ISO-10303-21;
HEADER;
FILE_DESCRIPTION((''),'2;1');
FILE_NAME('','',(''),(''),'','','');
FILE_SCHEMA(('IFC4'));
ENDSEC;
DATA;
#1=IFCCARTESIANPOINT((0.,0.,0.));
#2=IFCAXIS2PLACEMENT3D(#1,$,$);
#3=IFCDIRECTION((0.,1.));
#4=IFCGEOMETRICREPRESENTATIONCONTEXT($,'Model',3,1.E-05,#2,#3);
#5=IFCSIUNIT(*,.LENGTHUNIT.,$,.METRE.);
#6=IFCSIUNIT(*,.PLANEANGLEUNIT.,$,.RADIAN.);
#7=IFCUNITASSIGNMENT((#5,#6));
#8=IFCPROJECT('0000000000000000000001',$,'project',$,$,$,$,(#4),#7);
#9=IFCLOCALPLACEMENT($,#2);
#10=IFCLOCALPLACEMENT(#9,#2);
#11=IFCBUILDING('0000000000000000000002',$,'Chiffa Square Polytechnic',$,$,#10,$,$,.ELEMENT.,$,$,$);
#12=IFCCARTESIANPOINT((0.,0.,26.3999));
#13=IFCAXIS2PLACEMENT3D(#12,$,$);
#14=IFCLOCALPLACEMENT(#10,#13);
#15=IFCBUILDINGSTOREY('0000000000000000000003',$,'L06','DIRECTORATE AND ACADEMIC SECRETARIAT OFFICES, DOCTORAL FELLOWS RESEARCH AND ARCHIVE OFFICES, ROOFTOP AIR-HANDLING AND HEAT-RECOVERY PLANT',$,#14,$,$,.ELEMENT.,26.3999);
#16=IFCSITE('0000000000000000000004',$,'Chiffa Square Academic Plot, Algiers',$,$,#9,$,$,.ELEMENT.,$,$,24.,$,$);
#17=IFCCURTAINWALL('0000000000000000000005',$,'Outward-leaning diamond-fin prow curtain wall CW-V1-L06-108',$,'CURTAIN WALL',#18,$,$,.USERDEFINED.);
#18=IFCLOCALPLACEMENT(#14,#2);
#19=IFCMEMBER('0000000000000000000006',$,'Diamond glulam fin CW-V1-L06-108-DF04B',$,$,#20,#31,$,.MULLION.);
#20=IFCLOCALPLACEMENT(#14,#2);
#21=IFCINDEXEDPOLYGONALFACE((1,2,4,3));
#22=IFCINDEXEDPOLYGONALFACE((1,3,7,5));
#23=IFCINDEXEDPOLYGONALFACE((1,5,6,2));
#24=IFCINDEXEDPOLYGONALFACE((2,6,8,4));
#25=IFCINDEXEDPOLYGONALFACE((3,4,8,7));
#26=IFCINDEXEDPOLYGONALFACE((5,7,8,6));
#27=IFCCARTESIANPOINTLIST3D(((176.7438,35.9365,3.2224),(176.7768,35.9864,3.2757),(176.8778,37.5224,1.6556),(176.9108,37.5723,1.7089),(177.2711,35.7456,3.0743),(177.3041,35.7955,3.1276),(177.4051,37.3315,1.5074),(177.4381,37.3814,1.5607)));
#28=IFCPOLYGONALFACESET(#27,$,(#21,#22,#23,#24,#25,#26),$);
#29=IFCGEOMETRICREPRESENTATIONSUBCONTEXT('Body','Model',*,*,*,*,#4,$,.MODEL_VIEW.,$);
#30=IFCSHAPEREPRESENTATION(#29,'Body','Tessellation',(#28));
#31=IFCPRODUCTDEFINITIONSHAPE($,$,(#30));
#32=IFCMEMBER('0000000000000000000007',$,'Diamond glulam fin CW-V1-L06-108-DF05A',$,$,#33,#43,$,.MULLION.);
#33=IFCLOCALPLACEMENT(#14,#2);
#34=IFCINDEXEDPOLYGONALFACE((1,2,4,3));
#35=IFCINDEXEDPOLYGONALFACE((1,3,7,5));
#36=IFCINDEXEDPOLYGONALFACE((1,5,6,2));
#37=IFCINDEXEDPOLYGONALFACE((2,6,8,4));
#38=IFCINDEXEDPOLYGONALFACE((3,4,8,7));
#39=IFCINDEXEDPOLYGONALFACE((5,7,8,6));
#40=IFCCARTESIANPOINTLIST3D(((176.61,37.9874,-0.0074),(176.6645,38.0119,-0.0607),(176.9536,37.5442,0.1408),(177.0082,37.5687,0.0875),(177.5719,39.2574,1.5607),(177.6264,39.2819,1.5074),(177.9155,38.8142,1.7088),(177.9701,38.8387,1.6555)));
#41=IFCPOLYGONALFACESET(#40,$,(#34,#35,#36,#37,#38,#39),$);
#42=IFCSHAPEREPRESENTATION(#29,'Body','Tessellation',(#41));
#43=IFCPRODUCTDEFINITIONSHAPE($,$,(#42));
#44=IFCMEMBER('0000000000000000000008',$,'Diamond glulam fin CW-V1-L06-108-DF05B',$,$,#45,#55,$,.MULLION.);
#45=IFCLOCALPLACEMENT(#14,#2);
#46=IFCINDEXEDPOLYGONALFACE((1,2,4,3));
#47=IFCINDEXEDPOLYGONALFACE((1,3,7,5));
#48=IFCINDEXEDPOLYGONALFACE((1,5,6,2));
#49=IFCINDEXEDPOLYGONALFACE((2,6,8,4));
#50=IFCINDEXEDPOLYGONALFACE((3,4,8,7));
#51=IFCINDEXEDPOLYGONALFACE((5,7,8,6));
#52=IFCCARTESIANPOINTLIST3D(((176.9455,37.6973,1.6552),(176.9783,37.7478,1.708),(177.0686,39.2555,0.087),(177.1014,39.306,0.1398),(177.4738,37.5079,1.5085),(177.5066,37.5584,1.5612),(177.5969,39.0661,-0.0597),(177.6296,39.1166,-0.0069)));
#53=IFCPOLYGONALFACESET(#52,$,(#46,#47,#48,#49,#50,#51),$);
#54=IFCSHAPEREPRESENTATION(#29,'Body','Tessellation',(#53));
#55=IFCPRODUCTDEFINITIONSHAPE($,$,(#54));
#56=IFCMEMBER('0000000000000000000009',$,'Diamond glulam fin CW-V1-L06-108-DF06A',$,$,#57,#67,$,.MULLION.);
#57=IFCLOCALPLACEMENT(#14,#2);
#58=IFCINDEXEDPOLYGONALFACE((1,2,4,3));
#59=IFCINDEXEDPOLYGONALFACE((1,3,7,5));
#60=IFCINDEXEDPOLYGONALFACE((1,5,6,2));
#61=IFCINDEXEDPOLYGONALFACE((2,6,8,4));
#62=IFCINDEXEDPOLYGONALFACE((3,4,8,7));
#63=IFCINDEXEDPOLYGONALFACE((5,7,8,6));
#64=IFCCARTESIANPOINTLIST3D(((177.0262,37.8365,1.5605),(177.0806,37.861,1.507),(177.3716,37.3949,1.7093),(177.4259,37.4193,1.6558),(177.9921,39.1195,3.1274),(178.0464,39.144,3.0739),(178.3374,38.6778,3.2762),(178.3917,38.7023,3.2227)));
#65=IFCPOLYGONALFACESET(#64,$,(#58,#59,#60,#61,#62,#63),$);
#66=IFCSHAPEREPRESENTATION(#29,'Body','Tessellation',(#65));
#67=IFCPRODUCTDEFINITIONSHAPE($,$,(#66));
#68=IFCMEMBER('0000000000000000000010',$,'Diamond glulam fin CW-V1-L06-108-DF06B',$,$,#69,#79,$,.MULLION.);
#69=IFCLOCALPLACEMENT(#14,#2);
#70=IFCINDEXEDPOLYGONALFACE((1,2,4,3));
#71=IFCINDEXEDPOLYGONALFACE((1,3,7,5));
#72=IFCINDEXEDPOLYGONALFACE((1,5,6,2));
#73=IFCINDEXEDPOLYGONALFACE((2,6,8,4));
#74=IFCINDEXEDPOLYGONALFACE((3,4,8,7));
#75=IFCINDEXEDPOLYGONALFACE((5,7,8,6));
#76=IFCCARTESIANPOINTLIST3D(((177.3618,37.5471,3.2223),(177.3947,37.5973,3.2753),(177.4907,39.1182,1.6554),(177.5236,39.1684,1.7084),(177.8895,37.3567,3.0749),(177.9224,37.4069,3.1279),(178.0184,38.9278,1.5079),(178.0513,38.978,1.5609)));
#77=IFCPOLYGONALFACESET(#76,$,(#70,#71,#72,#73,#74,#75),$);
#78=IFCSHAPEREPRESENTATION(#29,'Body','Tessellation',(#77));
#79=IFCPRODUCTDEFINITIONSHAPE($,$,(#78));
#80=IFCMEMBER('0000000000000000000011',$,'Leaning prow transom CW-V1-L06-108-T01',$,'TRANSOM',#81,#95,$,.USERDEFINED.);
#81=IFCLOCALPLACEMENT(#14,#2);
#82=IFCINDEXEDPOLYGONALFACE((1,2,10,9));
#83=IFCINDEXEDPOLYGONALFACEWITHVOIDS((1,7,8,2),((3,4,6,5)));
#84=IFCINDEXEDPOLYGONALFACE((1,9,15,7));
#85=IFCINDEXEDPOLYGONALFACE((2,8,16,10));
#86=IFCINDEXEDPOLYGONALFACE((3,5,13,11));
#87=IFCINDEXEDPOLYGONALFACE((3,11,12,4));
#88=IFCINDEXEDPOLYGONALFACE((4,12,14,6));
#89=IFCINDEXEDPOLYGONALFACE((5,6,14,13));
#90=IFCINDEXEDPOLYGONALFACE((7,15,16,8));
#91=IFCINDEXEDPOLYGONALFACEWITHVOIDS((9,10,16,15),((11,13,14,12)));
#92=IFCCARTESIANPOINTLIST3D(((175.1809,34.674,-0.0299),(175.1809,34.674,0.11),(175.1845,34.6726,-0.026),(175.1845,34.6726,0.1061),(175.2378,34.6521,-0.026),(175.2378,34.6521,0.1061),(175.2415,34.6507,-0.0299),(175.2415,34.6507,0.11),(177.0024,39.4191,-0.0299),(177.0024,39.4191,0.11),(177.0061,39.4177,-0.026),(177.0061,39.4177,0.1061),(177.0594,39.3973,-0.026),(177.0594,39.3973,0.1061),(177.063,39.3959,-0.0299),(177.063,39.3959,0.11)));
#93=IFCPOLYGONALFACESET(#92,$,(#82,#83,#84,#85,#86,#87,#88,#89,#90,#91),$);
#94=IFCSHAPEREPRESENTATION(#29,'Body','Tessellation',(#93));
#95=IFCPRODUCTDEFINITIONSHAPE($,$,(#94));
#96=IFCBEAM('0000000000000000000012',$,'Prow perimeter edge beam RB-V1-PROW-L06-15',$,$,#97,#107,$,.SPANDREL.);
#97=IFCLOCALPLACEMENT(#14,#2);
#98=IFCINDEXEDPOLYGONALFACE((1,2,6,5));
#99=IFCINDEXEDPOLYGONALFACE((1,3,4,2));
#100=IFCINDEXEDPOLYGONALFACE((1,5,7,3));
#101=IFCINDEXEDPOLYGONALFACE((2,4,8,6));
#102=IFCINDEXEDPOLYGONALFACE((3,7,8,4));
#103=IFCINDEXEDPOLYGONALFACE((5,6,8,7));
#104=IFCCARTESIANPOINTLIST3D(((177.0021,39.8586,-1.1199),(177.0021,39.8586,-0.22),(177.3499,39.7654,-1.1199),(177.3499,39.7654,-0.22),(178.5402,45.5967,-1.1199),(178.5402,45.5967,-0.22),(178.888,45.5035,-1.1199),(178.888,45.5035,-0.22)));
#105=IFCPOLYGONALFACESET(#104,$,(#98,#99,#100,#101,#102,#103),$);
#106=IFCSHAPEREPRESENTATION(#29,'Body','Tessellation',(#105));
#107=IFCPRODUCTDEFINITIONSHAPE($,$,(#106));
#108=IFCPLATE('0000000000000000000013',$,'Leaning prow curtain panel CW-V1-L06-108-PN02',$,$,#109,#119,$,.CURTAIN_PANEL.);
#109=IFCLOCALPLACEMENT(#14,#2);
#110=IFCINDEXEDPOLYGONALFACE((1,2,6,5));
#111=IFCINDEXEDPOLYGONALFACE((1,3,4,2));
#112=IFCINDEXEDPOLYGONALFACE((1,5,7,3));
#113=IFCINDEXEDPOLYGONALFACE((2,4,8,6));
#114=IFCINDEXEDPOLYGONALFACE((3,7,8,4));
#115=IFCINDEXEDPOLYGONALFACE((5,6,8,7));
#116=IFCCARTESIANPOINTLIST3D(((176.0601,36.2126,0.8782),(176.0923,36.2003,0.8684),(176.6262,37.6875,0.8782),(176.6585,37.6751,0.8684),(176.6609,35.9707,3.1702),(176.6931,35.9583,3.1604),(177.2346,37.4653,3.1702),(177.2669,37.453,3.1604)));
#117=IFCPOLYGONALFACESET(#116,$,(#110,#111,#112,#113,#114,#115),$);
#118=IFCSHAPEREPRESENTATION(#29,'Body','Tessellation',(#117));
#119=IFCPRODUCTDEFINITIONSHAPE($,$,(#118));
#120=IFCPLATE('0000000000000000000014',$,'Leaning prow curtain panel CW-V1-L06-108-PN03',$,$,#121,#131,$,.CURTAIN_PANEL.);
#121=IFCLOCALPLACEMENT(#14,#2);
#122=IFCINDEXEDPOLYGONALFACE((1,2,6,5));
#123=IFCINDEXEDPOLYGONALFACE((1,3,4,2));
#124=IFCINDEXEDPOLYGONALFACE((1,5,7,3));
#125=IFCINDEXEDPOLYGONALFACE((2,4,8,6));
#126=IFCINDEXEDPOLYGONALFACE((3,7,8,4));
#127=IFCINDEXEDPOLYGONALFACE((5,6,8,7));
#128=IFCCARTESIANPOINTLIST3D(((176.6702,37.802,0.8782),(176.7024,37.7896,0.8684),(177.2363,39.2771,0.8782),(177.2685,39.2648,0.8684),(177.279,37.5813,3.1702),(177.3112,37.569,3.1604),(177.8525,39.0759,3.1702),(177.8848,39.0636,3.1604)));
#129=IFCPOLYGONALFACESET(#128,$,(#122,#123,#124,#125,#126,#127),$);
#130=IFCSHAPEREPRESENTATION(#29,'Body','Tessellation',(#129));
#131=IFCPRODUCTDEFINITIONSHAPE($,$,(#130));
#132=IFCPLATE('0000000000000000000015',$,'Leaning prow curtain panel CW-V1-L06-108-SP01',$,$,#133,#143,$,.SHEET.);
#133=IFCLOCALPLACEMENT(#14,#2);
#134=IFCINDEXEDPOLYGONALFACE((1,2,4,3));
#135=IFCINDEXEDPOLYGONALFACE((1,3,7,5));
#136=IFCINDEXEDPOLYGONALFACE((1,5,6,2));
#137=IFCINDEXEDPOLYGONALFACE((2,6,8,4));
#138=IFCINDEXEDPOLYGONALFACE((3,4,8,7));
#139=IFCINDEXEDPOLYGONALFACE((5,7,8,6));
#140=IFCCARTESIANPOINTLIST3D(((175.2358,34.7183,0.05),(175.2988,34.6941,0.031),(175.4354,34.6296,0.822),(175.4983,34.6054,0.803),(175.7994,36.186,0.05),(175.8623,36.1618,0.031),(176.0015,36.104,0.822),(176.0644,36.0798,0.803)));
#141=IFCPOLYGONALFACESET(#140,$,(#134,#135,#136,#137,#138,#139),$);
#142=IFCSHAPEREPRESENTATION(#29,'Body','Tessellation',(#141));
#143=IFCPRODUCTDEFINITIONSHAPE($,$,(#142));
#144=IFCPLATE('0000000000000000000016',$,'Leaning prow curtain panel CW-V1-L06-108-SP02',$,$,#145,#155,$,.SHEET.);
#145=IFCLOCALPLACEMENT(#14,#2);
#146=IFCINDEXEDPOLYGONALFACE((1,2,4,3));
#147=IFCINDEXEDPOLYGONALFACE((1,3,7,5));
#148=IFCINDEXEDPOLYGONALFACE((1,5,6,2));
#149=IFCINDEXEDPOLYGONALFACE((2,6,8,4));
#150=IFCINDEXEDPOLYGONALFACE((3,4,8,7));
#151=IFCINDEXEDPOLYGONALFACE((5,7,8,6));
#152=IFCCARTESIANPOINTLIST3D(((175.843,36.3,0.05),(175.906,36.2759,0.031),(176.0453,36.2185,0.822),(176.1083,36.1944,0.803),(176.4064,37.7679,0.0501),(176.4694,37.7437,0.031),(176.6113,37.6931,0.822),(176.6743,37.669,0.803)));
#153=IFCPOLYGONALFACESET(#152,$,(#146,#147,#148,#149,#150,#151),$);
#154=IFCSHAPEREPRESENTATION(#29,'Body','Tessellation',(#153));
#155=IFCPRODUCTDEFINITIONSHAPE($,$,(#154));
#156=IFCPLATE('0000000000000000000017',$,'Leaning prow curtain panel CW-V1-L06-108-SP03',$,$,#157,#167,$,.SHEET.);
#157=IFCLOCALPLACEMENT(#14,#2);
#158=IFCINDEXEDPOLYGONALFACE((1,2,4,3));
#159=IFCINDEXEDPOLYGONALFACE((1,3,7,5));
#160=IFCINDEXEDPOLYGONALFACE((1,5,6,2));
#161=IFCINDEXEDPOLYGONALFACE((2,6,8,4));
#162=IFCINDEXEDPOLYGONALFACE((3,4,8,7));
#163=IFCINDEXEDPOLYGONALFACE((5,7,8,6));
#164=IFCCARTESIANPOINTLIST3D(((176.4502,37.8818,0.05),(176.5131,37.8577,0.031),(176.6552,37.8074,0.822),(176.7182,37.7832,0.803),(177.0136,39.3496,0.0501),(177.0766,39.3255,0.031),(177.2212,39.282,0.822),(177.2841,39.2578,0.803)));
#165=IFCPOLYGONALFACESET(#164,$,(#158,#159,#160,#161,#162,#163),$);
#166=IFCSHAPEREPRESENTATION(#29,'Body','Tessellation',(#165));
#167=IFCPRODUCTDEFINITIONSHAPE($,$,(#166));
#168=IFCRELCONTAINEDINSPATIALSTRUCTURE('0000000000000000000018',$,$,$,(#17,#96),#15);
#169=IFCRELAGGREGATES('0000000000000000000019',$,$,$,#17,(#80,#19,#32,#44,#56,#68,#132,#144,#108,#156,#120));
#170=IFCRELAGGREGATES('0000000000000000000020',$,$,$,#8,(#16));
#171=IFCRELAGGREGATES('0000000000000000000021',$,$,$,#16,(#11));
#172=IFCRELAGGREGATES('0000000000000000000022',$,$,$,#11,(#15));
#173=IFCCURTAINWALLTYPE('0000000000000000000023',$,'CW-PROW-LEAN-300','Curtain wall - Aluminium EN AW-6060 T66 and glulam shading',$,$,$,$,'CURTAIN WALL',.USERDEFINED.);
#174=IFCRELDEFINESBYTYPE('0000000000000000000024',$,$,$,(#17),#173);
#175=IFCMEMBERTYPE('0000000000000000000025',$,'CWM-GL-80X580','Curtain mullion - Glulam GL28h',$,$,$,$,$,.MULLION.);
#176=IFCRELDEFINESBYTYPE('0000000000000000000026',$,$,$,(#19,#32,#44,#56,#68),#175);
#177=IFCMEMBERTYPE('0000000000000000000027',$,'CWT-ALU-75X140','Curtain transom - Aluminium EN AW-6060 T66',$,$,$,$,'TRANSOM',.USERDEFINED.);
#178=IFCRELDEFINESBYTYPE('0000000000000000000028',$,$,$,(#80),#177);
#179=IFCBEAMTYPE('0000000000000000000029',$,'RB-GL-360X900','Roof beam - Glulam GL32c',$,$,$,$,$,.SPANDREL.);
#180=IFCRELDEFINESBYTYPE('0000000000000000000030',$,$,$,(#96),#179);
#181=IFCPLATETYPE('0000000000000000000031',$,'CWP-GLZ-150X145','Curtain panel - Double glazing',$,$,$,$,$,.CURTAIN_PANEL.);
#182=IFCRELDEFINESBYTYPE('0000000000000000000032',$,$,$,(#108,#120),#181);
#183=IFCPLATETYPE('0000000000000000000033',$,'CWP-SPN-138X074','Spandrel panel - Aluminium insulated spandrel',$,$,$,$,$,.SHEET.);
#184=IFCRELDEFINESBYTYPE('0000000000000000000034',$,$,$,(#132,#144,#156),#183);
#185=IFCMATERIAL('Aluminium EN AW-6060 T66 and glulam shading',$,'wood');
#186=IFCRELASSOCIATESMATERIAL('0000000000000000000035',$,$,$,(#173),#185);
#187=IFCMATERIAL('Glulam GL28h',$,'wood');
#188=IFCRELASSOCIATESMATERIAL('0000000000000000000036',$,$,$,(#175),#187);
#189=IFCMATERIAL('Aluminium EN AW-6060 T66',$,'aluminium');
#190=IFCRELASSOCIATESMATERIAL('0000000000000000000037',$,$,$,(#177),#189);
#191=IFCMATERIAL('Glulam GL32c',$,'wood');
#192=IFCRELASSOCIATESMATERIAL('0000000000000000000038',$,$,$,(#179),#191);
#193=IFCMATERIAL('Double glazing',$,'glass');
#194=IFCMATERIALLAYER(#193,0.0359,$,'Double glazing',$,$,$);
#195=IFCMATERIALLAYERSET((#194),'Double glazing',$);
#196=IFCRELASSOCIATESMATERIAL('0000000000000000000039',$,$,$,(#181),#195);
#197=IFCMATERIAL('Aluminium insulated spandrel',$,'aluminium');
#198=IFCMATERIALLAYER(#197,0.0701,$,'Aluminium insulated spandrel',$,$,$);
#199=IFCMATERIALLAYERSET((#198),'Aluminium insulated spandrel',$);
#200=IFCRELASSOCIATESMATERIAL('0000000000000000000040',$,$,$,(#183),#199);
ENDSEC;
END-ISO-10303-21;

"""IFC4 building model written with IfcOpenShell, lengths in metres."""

from ifc_helpers import new_model, si_unit, direction, frame, origin, origin_2d, place, context, subcontext, project, spatial, polyline, rectangle, hollow_rectangle, outline, extrude, material, layer, layer_set, material_profile, profile_set, type_object, element, aggregate, save


model = new_model("IFC4")

# Units and contexts
model_context = context("Model", 3, precision=1e-05, world=origin(), true_north=direction((0.0, 1.0)))
body_context = subcontext(model_context, "Body", "Model", "MODEL_VIEW")
ifc_project = project(units=[si_unit("LENGTHUNIT", "METRE"), si_unit("PLANEANGLEUNIT", "RADIAN")], contexts=[model_context])

# Site, building, storey
site_placement = place(None, origin())
site = spatial("IfcSite", under=ifc_project, at=site_placement, Name="Chiffa Square Academic Plot, Algiers", CompositionType="ELEMENT", RefElevation=24.0)
building_placement = place(site_placement, origin())
building = spatial("IfcBuilding", under=site, at=building_placement, Name="Chiffa Square Polytechnic", CompositionType="ELEMENT")
storey_placement = place(building_placement, frame((0.0, 0.0, 26.3999)))
storey = spatial("IfcBuildingStorey", under=building, at=storey_placement, Name="L06", Description="DIRECTORATE AND ACADEMIC SECRETARIAT OFFICES, DOCTORAL FELLOWS RESEARCH AND ARCHIVE OFFICES, ROOFTOP AIR-HANDLING AND HEAT-RECOVERY PLANT", CompositionType="ELEMENT", Elevation=26.3999)

# Curtain wall, members
ifc_material_1 = material(Name="Aluminium EN AW-6060 T66 and glulam shading", Category="wood")
curtain_wall_type = type_object("IfcCurtainWallType", Name="CW-PROW-LEAN-300", Description="Curtain wall - Aluminium EN AW-6060 T66 and glulam shading", ElementType="CURTAIN WALL", PredefinedType="USERDEFINED", material=ifc_material_1)
curtain_wall_placement = place(storey_placement, origin())
curtain_wall = element("IfcCurtainWall", 1, at=curtain_wall_placement, inside=storey, type_object=curtain_wall_type, Name="Outward-leaning diamond-fin prow curtain wall CW-V1-L06-108", ObjectType="CURTAIN WALL", PredefinedType="USERDEFINED")
ifc_material_2 = material(Name="Aluminium EN AW-6060 T66", Category="aluminium")
ifc_material_3 = material(Name="Glulam GL28h", Category="wood")
ifc_material_profile_1 = material_profile(ifc_material_3, rectangle(XDim=0.0801, YDim=0.5801, at=origin_2d()), Name="GL28h 80x580")
ifc_profile_set_1 = profile_set([ifc_material_profile_1], Name="Glulam GL28h")
member_type_1 = type_object("IfcMemberType", Name="CWM-GL-80X580", Description="Curtain mullion - Glulam GL28h", PredefinedType="MULLION", material=ifc_profile_set_1)
member_1_placement = place(storey_placement, frame((177.158, 37.4519, 1.6082), z_axis=(-0.060012, -0.710083, 0.701556), x_axis=(0.412251, 0.622453, 0.665282)))
member_1 = element("IfcMember", 2, at=member_1_placement, type_object=member_type_1, Name="Diamond glulam fin CW-V1-L06-108-DF04B", PredefinedType="MULLION", context=body_context, shape_type="SweptSolid", body=[
    extrude(rectangle(XDim=0.0801, YDim=0.5801, at=origin_2d()), origin(), (0.0, 0.0, 1.0), 2.2334),
])
member_2_placement = place(storey_placement, frame((176.8091, 37.7781, 0.04), z_axis=(0.430301, 0.568128, 0.701478), x_axis=(-0.681076, -0.305677, 0.665355)))
member_2 = element("IfcMember", 3, at=member_2_placement, type_object=member_type_1, Name="Diamond glulam fin CW-V1-L06-108-DF05A", PredefinedType="MULLION", context=body_context, shape_type="SweptSolid", body=[
    extrude(rectangle(XDim=0.0801, YDim=0.5801, at=origin_2d()), origin(), (0.0, 0.0, 1.0), 2.2354),
])
member_3_placement = place(storey_placement, frame((177.3491, 39.186, 0.04), z_axis=(-0.055577, -0.70375, 0.708271), x_axis=(0.409312, 0.630962, 0.659053)))
member_3 = element("IfcMember", 4, at=member_3_placement, type_object=member_type_1, Name="Diamond glulam fin CW-V1-L06-108-DF05B", PredefinedType="MULLION", context=body_context, shape_type="SweptSolid", body=[
    extrude(rectangle(XDim=0.0801, YDim=0.5801, at=origin_2d()), origin(), (0.0, 0.0, 1.0), 2.2141),
])
member_4_placement = place(storey_placement, frame((177.2261, 37.6279, 1.6082), z_axis=(0.430469, 0.571819, 0.69837), x_axis=(-0.678434, -0.30535, 0.668198)))
member_4 = element("IfcMember", 5, at=member_4_placement, type_object=member_type_1, Name="Diamond glulam fin CW-V1-L06-108-DF06A", PredefinedType="MULLION", context=body_context, shape_type="SweptSolid", body=[
    extrude(rectangle(XDim=0.0801, YDim=0.5801, at=origin_2d()), origin(), (0.0, 0.0, 1.0), 2.2437),
])
member_5_placement = place(storey_placement, frame((177.771, 39.0481, 1.6082), z_axis=(-0.057998, -0.70685, 0.704982), x_axis=(0.410989, 0.626647, 0.662119)))
member_5 = element("IfcMember", 6, at=member_5_placement, type_object=member_type_1, Name="Diamond glulam fin CW-V1-L06-108-DF06B", PredefinedType="MULLION", context=body_context, shape_type="SweptSolid", body=[
    extrude(rectangle(XDim=0.0801, YDim=0.5801, at=origin_2d()), origin(), (0.0, 0.0, 1.0), 2.2227),
])
ifc_material_profile_2 = material_profile(ifc_material_2, hollow_rectangle(XDim=0.0649, YDim=0.1399, WallThickness=0.0039, at=origin_2d()), Name="ALU 65x140x4")
ifc_profile_set_2 = profile_set([ifc_material_profile_2], Name="Aluminium EN AW-6060 T66")
member_type_2 = type_object("IfcMemberType", Name="CWT-ALU-75X140", Description="Curtain transom - Aluminium EN AW-6060 T66", ElementType="TRANSOM", PredefinedType="USERDEFINED", material=ifc_profile_set_2)
member_6_placement = place(storey_placement, frame((175.2112, 34.6624, 0.04), z_axis=(0.358377, 0.933577, 0.0), x_axis=(-0.933577, 0.358377, 0.0)))
member_6 = element("IfcMember", 7, at=member_6_placement, type_object=member_type_2, Name="Leaning prow transom CW-V1-L06-108-T01", ObjectType="TRANSOM", PredefinedType="USERDEFINED", context=body_context, shape_type="SweptSolid", body=[
    extrude(hollow_rectangle(XDim=0.0649, YDim=0.1399, WallThickness=0.0039, at=origin_2d()), origin(), (0.0, 0.0, 1.0), 5.0828),
])

# Beam
ifc_material_4 = material(Name="Glulam GL32c", Category="wood")
ifc_material_profile_3 = material_profile(ifc_material_4, rectangle(XDim=0.3601, YDim=0.8999, at=origin_2d()), Name="GL32c 360x900")
ifc_profile_set_3 = profile_set([ifc_material_profile_3], Name="Glulam GL32c")
beam_type_1 = type_object("IfcBeamType", Name="RB-GL-360X900", Description="Roof beam - Glulam GL32c", PredefinedType="SPANDREL", material=ifc_profile_set_3)
beam_1_placement = place(storey_placement, frame((177.176, 39.812, -0.6699), z_axis=(0.258911, 0.965901, 0.0), x_axis=(-0.965901, 0.258911, 0.0)))
element("IfcBeam", 8, at=beam_1_placement, inside=storey, type_object=beam_type_1, Name="Prow perimeter edge beam RB-V1-PROW-L06-15", PredefinedType="SPANDREL", context=body_context, shape_type="SweptSolid", body=[
    extrude(rectangle(XDim=0.3601, YDim=0.8999, at=origin_2d()), origin(), (0.0, 0.0, 1.0), 5.9407),
])

# Plates
ifc_material_5 = material(Name="Double glazing", Category="glass")
ifc_layer_1 = layer(ifc_material_5, 0.0359, Name="Double glazing")
ifc_layer_set_1 = layer_set([ifc_layer_1], Name="Double glazing")
plate_type_1 = type_object("IfcPlateType", Name="CWP-GLZ-150X145", Description="Curtain panel - Double glazing", PredefinedType="CURTAIN_PANEL", material=ifc_layer_set_1)
plate_1_placement = place(storey_placement, frame((176.0601, 36.2126, 0.8782), z_axis=(-0.898404, 0.34487, 0.271911), x_axis=(0.358373, 0.933579, 0.000002)))
plate_1 = element("IfcPlate", 9, at=plate_1_placement, type_object=plate_type_1, Name="Leaning prow curtain panel CW-V1-L06-108-PN02", PredefinedType="CURTAIN_PANEL", context=body_context, shape_type="SweptSolid", body=[
    extrude(outline(polyline([(0.0, 0.0), (1.5798, 0.0), (1.5904, -2.3817), (-0.0105, -2.3817), (0.0, 0.0)])), origin(), (0.0, 0.0, -1.0), 0.0359),
])
plate_2_placement = place(storey_placement, frame((176.6702, 37.802, 0.8782), z_axis=(-0.898454, 0.344787, 0.271849), x_axis=(0.358283, 0.933613, 0.000013)))
plate_2 = element("IfcPlate", 10, at=plate_2_placement, type_object=plate_type_1, Name="Leaning prow curtain panel CW-V1-L06-108-PN03", PredefinedType="CURTAIN_PANEL", context=body_context, shape_type="SweptSolid", body=[
    extrude(outline(polyline([(0.0, 0.0), (1.58, 0.0), (1.613, -2.3817), (0.0121, -2.3817), (0.0, 0.0)])), origin(), (0.0, 0.0, -1.0), 0.0359),
])
ifc_material_6 = material(Name="Aluminium insulated spandrel", Category="aluminium")
ifc_layer_2 = layer(ifc_material_6, 0.0701, Name="Aluminium insulated spandrel")
ifc_layer_set_2 = layer_set([ifc_layer_2], Name="Aluminium insulated spandrel")
plate_type_2 = type_object("IfcPlateType", Name="CWP-SPN-138X074", Description="Spandrel panel - Aluminium insulated spandrel", PredefinedType="SHEET", material=ifc_layer_set_2)
plate_3_placement = place(storey_placement, frame((175.2358, 34.7183, 0.05), z_axis=(-0.898403, 0.344943, 0.27182), x_axis=(0.358436, 0.933554, -0.000012)))
plate_3 = element("IfcPlate", 11, at=plate_3_placement, type_object=plate_type_2, Name="Leaning prow curtain panel CW-V1-L06-108-SP01", PredefinedType="SHEET", context=body_context, shape_type="SweptSolid", body=[
    extrude(outline(polyline([(0.0, 0.0), (1.5722, 0.0), (1.5681, -0.8022), (-0.0112, -0.8022), (0.0, 0.0)])), origin(), (0.0, 0.0, -1.0), 0.0701),
])
plate_4_placement = place(storey_placement, frame((175.843, 36.3, 0.05), z_axis=(-0.898426, 0.344849, 0.271865), x_axis=(0.358349, 0.933588, 0.000014)))
plate_4 = element("IfcPlate", 12, at=plate_4_placement, type_object=plate_type_2, Name="Leaning prow curtain panel CW-V1-L06-108-SP02", PredefinedType="SHEET", context=body_context, shape_type="SweptSolid", body=[
    extrude(outline(polyline([(0.0, 0.0), (1.5722, 0.0), (1.5759, -0.8022), (-0.0036, -0.8022), (0.0, 0.0)])), origin(), (0.0, 0.0, -1.0), 0.0701),
])
plate_5_placement = place(storey_placement, frame((176.4502, 37.8818, 0.05), z_axis=(-0.898435, 0.344852, 0.271831), x_axis=(0.358349, 0.933588, 0.000014)))
plate_5 = element("IfcPlate", 13, at=plate_5_placement, type_object=plate_type_2, Name="Leaning prow curtain panel CW-V1-L06-108-SP03", PredefinedType="SHEET", context=body_context, shape_type="SweptSolid", body=[
    extrude(outline(polyline([(0.0, 0.0), (1.5722, 0.0), (1.5835, -0.8022), (0.004, -0.8022), (0.0, 0.0)])), origin(), (0.0, 0.0, -1.0), 0.0701),
])
aggregate(curtain_wall, [member_6, member_1, member_2, member_3, member_4, member_5, plate_3, plate_4, plate_1, plate_5, plate_2])

save(model, "model.ifc")
